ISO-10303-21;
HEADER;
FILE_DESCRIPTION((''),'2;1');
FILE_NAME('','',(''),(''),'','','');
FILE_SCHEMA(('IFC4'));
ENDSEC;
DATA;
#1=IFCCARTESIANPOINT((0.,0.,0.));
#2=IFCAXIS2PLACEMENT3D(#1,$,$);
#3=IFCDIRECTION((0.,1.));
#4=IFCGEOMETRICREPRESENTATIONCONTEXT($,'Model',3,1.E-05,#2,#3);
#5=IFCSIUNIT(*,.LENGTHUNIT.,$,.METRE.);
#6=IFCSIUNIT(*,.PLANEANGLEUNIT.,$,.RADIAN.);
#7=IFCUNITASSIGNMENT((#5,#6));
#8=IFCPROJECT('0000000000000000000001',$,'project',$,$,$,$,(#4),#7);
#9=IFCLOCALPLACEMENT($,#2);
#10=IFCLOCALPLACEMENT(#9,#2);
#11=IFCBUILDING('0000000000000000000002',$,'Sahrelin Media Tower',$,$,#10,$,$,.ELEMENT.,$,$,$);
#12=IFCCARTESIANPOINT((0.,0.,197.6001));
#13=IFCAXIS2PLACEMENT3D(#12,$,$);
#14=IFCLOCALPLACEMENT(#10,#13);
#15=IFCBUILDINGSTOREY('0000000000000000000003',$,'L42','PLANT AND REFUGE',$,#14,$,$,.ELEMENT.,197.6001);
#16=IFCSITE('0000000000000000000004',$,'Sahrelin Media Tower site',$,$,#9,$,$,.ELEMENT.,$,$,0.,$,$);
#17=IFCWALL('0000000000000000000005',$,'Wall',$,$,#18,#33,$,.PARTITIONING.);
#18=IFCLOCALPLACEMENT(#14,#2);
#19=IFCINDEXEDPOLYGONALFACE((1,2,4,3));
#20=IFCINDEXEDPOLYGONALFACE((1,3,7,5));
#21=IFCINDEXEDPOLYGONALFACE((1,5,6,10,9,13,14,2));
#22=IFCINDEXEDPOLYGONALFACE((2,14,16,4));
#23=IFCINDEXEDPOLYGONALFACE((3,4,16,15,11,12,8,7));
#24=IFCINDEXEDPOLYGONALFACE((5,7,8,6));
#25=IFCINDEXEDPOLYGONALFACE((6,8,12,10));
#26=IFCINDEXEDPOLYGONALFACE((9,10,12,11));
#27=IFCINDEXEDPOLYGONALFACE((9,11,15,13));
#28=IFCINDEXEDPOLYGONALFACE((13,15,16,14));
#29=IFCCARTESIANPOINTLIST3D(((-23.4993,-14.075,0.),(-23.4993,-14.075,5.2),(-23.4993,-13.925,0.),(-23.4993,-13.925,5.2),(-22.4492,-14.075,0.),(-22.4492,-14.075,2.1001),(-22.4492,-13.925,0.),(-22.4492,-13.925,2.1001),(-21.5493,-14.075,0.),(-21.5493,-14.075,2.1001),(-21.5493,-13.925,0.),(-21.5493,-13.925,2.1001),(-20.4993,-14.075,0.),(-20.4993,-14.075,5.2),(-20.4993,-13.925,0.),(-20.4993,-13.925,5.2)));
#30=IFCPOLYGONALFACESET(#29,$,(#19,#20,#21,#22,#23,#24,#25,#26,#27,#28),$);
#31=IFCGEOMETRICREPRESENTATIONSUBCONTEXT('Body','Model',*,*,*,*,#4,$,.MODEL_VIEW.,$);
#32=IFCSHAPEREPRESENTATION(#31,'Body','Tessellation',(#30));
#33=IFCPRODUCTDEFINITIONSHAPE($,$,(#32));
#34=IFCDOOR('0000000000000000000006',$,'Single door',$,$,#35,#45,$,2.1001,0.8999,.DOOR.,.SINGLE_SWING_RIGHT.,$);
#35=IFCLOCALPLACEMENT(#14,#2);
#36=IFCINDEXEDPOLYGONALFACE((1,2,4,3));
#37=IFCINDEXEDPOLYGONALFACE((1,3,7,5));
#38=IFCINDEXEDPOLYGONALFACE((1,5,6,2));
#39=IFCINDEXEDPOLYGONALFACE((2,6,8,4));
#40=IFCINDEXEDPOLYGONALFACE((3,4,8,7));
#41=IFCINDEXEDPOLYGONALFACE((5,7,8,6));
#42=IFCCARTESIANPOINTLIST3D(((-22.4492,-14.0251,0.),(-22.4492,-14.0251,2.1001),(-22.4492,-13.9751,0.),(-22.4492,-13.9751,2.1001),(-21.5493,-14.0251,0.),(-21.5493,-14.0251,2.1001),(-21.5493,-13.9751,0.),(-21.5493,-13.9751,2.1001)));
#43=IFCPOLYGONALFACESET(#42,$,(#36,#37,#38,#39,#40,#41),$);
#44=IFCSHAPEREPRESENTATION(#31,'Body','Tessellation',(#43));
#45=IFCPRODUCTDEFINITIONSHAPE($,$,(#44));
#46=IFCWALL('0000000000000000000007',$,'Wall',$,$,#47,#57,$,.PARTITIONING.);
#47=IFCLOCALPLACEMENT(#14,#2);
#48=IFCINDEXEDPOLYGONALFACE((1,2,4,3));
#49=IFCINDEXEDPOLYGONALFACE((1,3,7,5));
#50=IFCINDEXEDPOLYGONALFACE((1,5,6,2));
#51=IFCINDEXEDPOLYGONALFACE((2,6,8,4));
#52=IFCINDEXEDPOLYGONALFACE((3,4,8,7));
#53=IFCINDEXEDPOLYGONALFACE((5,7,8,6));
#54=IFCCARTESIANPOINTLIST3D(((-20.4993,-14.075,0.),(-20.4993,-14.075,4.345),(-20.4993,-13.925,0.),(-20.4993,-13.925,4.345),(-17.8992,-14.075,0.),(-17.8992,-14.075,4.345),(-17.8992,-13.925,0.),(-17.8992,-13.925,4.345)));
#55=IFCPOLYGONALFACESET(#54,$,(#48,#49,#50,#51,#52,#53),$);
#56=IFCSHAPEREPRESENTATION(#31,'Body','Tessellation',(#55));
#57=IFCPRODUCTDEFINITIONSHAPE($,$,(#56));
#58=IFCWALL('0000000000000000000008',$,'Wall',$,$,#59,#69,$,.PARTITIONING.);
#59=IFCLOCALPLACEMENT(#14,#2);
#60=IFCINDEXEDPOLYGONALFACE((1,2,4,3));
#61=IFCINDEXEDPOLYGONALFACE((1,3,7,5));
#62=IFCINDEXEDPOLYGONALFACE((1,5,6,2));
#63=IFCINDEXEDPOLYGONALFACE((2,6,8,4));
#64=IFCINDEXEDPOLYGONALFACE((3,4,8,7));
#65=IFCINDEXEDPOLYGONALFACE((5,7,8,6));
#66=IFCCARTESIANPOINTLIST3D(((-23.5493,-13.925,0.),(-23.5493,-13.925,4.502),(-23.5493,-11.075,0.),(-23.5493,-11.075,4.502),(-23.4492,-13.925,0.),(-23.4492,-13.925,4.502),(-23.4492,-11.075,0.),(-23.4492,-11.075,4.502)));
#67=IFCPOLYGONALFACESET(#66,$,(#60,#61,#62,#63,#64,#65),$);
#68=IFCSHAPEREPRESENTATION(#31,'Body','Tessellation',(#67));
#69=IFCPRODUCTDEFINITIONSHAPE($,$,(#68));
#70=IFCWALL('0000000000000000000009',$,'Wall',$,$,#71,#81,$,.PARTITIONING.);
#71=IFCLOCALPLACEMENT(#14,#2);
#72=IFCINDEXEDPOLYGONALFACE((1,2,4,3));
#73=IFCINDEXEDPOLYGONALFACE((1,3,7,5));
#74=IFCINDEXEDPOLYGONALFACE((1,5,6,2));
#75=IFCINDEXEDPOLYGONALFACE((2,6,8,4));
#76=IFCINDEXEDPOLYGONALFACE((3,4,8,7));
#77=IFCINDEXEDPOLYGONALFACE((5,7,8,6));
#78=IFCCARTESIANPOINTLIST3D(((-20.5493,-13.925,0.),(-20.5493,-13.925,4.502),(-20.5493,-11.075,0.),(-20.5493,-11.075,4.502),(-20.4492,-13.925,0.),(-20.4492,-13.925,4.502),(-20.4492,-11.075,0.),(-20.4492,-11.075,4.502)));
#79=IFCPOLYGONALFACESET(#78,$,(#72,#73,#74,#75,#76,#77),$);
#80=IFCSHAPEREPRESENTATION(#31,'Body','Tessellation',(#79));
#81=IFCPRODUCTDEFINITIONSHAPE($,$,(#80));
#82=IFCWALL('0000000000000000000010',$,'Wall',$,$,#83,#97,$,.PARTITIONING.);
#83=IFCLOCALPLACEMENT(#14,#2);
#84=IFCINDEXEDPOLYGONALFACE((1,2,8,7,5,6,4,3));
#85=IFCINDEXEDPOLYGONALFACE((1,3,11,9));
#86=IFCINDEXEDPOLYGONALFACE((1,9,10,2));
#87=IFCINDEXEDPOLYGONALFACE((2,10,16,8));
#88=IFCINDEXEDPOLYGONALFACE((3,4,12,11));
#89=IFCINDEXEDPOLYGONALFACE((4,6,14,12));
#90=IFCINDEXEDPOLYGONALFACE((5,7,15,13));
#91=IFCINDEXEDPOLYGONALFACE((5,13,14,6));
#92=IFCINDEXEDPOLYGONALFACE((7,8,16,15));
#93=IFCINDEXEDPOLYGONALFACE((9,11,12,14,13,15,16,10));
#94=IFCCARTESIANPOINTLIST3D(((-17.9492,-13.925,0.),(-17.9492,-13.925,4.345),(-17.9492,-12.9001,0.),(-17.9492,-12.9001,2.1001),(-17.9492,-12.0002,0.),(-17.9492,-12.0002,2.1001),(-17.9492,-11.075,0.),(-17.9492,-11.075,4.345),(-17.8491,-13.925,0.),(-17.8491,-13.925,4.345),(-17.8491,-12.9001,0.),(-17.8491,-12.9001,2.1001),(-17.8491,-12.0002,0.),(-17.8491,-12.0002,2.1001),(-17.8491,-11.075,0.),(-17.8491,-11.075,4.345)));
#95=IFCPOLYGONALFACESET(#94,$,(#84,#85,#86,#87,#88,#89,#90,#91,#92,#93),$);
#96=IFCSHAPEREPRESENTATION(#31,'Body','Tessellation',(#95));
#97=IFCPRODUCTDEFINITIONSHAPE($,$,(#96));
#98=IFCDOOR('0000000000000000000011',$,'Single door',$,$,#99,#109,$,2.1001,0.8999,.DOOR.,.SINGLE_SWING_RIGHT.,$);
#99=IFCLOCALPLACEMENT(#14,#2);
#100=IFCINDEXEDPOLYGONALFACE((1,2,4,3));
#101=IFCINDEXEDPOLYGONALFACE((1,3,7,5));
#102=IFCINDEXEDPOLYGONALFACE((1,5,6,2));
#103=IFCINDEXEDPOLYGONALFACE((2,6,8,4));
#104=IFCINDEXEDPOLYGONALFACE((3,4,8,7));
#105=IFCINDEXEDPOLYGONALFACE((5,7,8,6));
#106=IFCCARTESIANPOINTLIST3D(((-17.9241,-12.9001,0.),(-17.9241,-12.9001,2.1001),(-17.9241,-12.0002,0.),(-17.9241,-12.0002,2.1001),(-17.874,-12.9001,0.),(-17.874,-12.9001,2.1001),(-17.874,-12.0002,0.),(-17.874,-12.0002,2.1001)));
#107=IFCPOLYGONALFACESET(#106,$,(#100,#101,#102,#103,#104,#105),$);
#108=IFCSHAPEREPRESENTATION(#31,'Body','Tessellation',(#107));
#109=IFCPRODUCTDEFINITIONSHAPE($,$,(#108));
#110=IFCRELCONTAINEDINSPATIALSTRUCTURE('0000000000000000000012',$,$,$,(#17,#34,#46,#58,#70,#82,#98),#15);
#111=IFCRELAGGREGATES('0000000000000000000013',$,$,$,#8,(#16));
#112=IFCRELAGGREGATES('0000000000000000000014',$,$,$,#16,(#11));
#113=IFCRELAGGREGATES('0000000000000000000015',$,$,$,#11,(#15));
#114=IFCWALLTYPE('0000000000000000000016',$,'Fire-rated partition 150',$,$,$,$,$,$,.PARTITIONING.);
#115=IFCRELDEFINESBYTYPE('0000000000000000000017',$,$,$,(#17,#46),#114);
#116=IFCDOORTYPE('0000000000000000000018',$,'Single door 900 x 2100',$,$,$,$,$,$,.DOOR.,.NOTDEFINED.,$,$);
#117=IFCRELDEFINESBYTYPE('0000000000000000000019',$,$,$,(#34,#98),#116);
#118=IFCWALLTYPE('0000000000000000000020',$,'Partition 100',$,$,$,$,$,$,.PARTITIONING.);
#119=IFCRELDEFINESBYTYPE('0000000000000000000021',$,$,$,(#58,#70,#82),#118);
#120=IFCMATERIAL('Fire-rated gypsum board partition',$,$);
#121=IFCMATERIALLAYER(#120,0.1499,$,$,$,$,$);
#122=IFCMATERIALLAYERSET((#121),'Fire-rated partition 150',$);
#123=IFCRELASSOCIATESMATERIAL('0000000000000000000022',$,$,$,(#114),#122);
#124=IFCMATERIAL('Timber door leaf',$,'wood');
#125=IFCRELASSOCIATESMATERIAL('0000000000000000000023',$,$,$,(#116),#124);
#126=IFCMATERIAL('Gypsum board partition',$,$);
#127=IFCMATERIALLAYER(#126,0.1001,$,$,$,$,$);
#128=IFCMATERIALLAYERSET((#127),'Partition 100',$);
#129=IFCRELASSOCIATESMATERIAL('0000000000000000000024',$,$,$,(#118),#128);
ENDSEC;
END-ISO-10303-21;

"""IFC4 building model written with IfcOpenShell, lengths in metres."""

from ifc_helpers import new_model, si_unit, direction, frame, frame_2d, origin, place, context, subcontext, project, spatial, rectangle, extrude, material, layer, layer_set, type_object, element, fill, save


model = new_model("IFC4")

# Units and contexts
model_context = context("Model", 3, precision=1e-05, world=origin(), true_north=direction((0.0, 1.0)))
body_context = subcontext(model_context, "Body", "Model", "MODEL_VIEW")
ifc_project = project(units=[si_unit("LENGTHUNIT", "METRE"), si_unit("PLANEANGLEUNIT", "RADIAN")], contexts=[model_context])

# Site, building, storey
site_placement = place(None, origin())
site = spatial("IfcSite", under=ifc_project, at=site_placement, Name="Sahrelin Media Tower site", CompositionType="ELEMENT", RefElevation=0.0)
building_placement = place(site_placement, origin())
building = spatial("IfcBuilding", under=site, at=building_placement, Name="Sahrelin Media Tower", CompositionType="ELEMENT")
storey_placement = place(building_placement, frame((0.0, 0.0, 197.6001)))
storey = spatial("IfcBuildingStorey", under=building, at=storey_placement, Name="L42", Description="PLANT AND REFUGE", CompositionType="ELEMENT", Elevation=197.6001)

# Wall, opening, door
ifc_material_1 = material(Name="Fire-rated gypsum board partition")
ifc_layer_1 = layer(ifc_material_1, 0.1499)
ifc_layer_set_1 = layer_set([ifc_layer_1], Name="Fire-rated partition 150")
wall_type_1 = type_object("IfcWallType", Name="Fire-rated partition 150", PredefinedType="PARTITIONING", material=ifc_layer_set_1)
wall_1_placement = place(storey_placement, frame((-23.4993, -14.0, 0.0), z_axis=(0.0, 0.0, 1.0), x_axis=(1.0, 0.0, 0.0)))
wall_1 = element("IfcWall", 1, at=wall_1_placement, inside=storey, type_object=wall_type_1, Name="Wall", PredefinedType="PARTITIONING", context=body_context, shape_type="SweptSolid", body=[
    extrude(rectangle(XDim=3.0, YDim=0.1499, at=frame_2d((1.5, 0.0))), origin(), (0.0, 0.0, 1.0), 5.2),
])
opening_1_placement = place(wall_1_placement, frame((1.05, 0.0, 0.0)))
opening_1 = element("IfcOpeningElement", 2, at=opening_1_placement, cuts=wall_1, PredefinedType="OPENING", context=body_context, shape_type="SweptSolid", body=[
    extrude(rectangle(XDim=0.8999, YDim=2.1001, at=frame_2d((0.45, 1.05))), frame((0.0, 0.075, 0.0), z_axis=(0.0, -1.0, 0.0), x_axis=(1.0, 0.0, 0.0)), (0.0, 0.0, 1.0), 0.1499),
])
ifc_material_2 = material(Name="Timber door leaf", Category="wood")
door_type = type_object("IfcDoorType", Name="Single door 900 x 2100", OperationType="NOTDEFINED", PredefinedType="DOOR", material=ifc_material_2)
door_1_placement = place(opening_1_placement, origin())
door_1 = element("IfcDoor", 3, at=door_1_placement, inside=storey, type_object=door_type, Name="Single door", OperationType="SINGLE_SWING_RIGHT", OverallHeight=2.1001, OverallWidth=0.8999, PredefinedType="DOOR", context=body_context, shape_type="SweptSolid", body=[
    extrude(rectangle(XDim=0.8999, YDim=2.1001, at=frame_2d((0.45, 1.05))), frame((0.0, 0.0249, 0.0), z_axis=(0.0, -1.0, 0.0), x_axis=(1.0, 0.0, 0.0)), (0.0, 0.0, 1.0), 0.05),
])
fill(opening_1, door_1)

# Walls
wall_2_placement = place(storey_placement, frame((-20.4993, -14.0, 0.0), z_axis=(0.0, 0.0, 1.0), x_axis=(1.0, 0.0, 0.0)))
element("IfcWall", 4, at=wall_2_placement, inside=storey, type_object=wall_type_1, Name="Wall", PredefinedType="PARTITIONING", context=body_context, shape_type="SweptSolid", body=[
    extrude(rectangle(XDim=2.6001, YDim=0.1499, at=frame_2d((1.3, 0.0))), origin(), (0.0, 0.0, 1.0), 4.345),
])
ifc_material_3 = material(Name="Gypsum board partition")
ifc_layer_2 = layer(ifc_material_3, 0.1001)
ifc_layer_set_2 = layer_set([ifc_layer_2], Name="Partition 100")
wall_type_2 = type_object("IfcWallType", Name="Partition 100", PredefinedType="PARTITIONING", material=ifc_layer_set_2)
for number, where, z_axis, x_axis, name in (
    (5, (-23.4993, -13.925, 0.0), (0.0, 0.0, 1.0), (0.0, 1.0, 0.0), "Wall"),
    (6, (-20.4993, -13.925, 0.0), (0.0, 0.0, 1.0), (0.0, 1.0, 0.0), "Wall"),
):
    element("IfcWall", number, at=place(storey_placement, frame(where, z_axis=z_axis, x_axis=x_axis)), inside=storey, type_object=wall_type_2, Name=name, PredefinedType="PARTITIONING", context=body_context, shape_type="SweptSolid", body=[
        extrude(rectangle(XDim=2.8501, YDim=0.1001, at=frame_2d((1.425, 0.0))), origin(), (0.0, 0.0, 1.0), 4.502),
    ])

# Wall, opening, door
wall_3_placement = place(storey_placement, frame((-17.8992, -13.925, 0.0), z_axis=(0.0, 0.0, 1.0), x_axis=(0.0, 1.0, 0.0)))
wall_3 = element("IfcWall", 7, at=wall_3_placement, inside=storey, type_object=wall_type_2, Name="Wall", PredefinedType="PARTITIONING", context=body_context, shape_type="SweptSolid", body=[
    extrude(rectangle(XDim=2.8501, YDim=0.1001, at=frame_2d((1.425, 0.0))), origin(), (0.0, 0.0, 1.0), 4.345),
])
opening_2_placement = place(wall_3_placement, frame((1.0249, 0.0, 0.0)))
opening_2 = element("IfcOpeningElement", 8, at=opening_2_placement, cuts=wall_3, PredefinedType="OPENING", context=body_context, shape_type="SweptSolid", body=[
    extrude(rectangle(XDim=0.8999, YDim=2.1001, at=frame_2d((0.45, 1.05))), frame((0.0, 0.05, 0.0), z_axis=(0.0, -1.0, 0.0), x_axis=(1.0, 0.0, 0.0)), (0.0, 0.0, 1.0), 0.1001),
])
door_2_placement = place(opening_2_placement, origin())
door_2 = element("IfcDoor", 9, at=door_2_placement, inside=storey, type_object=door_type, Name="Single door", OperationType="SINGLE_SWING_RIGHT", OverallHeight=2.1001, OverallWidth=0.8999, PredefinedType="DOOR", context=body_context, shape_type="SweptSolid", body=[
    extrude(rectangle(XDim=0.8999, YDim=2.1001, at=frame_2d((0.45, 1.05))), frame((0.0, 0.0249, 0.0), z_axis=(0.0, -1.0, 0.0), x_axis=(1.0, 0.0, 0.0)), (0.0, 0.0, 1.0), 0.05),
])
fill(opening_2, door_2)

save(model, "model.ifc")
